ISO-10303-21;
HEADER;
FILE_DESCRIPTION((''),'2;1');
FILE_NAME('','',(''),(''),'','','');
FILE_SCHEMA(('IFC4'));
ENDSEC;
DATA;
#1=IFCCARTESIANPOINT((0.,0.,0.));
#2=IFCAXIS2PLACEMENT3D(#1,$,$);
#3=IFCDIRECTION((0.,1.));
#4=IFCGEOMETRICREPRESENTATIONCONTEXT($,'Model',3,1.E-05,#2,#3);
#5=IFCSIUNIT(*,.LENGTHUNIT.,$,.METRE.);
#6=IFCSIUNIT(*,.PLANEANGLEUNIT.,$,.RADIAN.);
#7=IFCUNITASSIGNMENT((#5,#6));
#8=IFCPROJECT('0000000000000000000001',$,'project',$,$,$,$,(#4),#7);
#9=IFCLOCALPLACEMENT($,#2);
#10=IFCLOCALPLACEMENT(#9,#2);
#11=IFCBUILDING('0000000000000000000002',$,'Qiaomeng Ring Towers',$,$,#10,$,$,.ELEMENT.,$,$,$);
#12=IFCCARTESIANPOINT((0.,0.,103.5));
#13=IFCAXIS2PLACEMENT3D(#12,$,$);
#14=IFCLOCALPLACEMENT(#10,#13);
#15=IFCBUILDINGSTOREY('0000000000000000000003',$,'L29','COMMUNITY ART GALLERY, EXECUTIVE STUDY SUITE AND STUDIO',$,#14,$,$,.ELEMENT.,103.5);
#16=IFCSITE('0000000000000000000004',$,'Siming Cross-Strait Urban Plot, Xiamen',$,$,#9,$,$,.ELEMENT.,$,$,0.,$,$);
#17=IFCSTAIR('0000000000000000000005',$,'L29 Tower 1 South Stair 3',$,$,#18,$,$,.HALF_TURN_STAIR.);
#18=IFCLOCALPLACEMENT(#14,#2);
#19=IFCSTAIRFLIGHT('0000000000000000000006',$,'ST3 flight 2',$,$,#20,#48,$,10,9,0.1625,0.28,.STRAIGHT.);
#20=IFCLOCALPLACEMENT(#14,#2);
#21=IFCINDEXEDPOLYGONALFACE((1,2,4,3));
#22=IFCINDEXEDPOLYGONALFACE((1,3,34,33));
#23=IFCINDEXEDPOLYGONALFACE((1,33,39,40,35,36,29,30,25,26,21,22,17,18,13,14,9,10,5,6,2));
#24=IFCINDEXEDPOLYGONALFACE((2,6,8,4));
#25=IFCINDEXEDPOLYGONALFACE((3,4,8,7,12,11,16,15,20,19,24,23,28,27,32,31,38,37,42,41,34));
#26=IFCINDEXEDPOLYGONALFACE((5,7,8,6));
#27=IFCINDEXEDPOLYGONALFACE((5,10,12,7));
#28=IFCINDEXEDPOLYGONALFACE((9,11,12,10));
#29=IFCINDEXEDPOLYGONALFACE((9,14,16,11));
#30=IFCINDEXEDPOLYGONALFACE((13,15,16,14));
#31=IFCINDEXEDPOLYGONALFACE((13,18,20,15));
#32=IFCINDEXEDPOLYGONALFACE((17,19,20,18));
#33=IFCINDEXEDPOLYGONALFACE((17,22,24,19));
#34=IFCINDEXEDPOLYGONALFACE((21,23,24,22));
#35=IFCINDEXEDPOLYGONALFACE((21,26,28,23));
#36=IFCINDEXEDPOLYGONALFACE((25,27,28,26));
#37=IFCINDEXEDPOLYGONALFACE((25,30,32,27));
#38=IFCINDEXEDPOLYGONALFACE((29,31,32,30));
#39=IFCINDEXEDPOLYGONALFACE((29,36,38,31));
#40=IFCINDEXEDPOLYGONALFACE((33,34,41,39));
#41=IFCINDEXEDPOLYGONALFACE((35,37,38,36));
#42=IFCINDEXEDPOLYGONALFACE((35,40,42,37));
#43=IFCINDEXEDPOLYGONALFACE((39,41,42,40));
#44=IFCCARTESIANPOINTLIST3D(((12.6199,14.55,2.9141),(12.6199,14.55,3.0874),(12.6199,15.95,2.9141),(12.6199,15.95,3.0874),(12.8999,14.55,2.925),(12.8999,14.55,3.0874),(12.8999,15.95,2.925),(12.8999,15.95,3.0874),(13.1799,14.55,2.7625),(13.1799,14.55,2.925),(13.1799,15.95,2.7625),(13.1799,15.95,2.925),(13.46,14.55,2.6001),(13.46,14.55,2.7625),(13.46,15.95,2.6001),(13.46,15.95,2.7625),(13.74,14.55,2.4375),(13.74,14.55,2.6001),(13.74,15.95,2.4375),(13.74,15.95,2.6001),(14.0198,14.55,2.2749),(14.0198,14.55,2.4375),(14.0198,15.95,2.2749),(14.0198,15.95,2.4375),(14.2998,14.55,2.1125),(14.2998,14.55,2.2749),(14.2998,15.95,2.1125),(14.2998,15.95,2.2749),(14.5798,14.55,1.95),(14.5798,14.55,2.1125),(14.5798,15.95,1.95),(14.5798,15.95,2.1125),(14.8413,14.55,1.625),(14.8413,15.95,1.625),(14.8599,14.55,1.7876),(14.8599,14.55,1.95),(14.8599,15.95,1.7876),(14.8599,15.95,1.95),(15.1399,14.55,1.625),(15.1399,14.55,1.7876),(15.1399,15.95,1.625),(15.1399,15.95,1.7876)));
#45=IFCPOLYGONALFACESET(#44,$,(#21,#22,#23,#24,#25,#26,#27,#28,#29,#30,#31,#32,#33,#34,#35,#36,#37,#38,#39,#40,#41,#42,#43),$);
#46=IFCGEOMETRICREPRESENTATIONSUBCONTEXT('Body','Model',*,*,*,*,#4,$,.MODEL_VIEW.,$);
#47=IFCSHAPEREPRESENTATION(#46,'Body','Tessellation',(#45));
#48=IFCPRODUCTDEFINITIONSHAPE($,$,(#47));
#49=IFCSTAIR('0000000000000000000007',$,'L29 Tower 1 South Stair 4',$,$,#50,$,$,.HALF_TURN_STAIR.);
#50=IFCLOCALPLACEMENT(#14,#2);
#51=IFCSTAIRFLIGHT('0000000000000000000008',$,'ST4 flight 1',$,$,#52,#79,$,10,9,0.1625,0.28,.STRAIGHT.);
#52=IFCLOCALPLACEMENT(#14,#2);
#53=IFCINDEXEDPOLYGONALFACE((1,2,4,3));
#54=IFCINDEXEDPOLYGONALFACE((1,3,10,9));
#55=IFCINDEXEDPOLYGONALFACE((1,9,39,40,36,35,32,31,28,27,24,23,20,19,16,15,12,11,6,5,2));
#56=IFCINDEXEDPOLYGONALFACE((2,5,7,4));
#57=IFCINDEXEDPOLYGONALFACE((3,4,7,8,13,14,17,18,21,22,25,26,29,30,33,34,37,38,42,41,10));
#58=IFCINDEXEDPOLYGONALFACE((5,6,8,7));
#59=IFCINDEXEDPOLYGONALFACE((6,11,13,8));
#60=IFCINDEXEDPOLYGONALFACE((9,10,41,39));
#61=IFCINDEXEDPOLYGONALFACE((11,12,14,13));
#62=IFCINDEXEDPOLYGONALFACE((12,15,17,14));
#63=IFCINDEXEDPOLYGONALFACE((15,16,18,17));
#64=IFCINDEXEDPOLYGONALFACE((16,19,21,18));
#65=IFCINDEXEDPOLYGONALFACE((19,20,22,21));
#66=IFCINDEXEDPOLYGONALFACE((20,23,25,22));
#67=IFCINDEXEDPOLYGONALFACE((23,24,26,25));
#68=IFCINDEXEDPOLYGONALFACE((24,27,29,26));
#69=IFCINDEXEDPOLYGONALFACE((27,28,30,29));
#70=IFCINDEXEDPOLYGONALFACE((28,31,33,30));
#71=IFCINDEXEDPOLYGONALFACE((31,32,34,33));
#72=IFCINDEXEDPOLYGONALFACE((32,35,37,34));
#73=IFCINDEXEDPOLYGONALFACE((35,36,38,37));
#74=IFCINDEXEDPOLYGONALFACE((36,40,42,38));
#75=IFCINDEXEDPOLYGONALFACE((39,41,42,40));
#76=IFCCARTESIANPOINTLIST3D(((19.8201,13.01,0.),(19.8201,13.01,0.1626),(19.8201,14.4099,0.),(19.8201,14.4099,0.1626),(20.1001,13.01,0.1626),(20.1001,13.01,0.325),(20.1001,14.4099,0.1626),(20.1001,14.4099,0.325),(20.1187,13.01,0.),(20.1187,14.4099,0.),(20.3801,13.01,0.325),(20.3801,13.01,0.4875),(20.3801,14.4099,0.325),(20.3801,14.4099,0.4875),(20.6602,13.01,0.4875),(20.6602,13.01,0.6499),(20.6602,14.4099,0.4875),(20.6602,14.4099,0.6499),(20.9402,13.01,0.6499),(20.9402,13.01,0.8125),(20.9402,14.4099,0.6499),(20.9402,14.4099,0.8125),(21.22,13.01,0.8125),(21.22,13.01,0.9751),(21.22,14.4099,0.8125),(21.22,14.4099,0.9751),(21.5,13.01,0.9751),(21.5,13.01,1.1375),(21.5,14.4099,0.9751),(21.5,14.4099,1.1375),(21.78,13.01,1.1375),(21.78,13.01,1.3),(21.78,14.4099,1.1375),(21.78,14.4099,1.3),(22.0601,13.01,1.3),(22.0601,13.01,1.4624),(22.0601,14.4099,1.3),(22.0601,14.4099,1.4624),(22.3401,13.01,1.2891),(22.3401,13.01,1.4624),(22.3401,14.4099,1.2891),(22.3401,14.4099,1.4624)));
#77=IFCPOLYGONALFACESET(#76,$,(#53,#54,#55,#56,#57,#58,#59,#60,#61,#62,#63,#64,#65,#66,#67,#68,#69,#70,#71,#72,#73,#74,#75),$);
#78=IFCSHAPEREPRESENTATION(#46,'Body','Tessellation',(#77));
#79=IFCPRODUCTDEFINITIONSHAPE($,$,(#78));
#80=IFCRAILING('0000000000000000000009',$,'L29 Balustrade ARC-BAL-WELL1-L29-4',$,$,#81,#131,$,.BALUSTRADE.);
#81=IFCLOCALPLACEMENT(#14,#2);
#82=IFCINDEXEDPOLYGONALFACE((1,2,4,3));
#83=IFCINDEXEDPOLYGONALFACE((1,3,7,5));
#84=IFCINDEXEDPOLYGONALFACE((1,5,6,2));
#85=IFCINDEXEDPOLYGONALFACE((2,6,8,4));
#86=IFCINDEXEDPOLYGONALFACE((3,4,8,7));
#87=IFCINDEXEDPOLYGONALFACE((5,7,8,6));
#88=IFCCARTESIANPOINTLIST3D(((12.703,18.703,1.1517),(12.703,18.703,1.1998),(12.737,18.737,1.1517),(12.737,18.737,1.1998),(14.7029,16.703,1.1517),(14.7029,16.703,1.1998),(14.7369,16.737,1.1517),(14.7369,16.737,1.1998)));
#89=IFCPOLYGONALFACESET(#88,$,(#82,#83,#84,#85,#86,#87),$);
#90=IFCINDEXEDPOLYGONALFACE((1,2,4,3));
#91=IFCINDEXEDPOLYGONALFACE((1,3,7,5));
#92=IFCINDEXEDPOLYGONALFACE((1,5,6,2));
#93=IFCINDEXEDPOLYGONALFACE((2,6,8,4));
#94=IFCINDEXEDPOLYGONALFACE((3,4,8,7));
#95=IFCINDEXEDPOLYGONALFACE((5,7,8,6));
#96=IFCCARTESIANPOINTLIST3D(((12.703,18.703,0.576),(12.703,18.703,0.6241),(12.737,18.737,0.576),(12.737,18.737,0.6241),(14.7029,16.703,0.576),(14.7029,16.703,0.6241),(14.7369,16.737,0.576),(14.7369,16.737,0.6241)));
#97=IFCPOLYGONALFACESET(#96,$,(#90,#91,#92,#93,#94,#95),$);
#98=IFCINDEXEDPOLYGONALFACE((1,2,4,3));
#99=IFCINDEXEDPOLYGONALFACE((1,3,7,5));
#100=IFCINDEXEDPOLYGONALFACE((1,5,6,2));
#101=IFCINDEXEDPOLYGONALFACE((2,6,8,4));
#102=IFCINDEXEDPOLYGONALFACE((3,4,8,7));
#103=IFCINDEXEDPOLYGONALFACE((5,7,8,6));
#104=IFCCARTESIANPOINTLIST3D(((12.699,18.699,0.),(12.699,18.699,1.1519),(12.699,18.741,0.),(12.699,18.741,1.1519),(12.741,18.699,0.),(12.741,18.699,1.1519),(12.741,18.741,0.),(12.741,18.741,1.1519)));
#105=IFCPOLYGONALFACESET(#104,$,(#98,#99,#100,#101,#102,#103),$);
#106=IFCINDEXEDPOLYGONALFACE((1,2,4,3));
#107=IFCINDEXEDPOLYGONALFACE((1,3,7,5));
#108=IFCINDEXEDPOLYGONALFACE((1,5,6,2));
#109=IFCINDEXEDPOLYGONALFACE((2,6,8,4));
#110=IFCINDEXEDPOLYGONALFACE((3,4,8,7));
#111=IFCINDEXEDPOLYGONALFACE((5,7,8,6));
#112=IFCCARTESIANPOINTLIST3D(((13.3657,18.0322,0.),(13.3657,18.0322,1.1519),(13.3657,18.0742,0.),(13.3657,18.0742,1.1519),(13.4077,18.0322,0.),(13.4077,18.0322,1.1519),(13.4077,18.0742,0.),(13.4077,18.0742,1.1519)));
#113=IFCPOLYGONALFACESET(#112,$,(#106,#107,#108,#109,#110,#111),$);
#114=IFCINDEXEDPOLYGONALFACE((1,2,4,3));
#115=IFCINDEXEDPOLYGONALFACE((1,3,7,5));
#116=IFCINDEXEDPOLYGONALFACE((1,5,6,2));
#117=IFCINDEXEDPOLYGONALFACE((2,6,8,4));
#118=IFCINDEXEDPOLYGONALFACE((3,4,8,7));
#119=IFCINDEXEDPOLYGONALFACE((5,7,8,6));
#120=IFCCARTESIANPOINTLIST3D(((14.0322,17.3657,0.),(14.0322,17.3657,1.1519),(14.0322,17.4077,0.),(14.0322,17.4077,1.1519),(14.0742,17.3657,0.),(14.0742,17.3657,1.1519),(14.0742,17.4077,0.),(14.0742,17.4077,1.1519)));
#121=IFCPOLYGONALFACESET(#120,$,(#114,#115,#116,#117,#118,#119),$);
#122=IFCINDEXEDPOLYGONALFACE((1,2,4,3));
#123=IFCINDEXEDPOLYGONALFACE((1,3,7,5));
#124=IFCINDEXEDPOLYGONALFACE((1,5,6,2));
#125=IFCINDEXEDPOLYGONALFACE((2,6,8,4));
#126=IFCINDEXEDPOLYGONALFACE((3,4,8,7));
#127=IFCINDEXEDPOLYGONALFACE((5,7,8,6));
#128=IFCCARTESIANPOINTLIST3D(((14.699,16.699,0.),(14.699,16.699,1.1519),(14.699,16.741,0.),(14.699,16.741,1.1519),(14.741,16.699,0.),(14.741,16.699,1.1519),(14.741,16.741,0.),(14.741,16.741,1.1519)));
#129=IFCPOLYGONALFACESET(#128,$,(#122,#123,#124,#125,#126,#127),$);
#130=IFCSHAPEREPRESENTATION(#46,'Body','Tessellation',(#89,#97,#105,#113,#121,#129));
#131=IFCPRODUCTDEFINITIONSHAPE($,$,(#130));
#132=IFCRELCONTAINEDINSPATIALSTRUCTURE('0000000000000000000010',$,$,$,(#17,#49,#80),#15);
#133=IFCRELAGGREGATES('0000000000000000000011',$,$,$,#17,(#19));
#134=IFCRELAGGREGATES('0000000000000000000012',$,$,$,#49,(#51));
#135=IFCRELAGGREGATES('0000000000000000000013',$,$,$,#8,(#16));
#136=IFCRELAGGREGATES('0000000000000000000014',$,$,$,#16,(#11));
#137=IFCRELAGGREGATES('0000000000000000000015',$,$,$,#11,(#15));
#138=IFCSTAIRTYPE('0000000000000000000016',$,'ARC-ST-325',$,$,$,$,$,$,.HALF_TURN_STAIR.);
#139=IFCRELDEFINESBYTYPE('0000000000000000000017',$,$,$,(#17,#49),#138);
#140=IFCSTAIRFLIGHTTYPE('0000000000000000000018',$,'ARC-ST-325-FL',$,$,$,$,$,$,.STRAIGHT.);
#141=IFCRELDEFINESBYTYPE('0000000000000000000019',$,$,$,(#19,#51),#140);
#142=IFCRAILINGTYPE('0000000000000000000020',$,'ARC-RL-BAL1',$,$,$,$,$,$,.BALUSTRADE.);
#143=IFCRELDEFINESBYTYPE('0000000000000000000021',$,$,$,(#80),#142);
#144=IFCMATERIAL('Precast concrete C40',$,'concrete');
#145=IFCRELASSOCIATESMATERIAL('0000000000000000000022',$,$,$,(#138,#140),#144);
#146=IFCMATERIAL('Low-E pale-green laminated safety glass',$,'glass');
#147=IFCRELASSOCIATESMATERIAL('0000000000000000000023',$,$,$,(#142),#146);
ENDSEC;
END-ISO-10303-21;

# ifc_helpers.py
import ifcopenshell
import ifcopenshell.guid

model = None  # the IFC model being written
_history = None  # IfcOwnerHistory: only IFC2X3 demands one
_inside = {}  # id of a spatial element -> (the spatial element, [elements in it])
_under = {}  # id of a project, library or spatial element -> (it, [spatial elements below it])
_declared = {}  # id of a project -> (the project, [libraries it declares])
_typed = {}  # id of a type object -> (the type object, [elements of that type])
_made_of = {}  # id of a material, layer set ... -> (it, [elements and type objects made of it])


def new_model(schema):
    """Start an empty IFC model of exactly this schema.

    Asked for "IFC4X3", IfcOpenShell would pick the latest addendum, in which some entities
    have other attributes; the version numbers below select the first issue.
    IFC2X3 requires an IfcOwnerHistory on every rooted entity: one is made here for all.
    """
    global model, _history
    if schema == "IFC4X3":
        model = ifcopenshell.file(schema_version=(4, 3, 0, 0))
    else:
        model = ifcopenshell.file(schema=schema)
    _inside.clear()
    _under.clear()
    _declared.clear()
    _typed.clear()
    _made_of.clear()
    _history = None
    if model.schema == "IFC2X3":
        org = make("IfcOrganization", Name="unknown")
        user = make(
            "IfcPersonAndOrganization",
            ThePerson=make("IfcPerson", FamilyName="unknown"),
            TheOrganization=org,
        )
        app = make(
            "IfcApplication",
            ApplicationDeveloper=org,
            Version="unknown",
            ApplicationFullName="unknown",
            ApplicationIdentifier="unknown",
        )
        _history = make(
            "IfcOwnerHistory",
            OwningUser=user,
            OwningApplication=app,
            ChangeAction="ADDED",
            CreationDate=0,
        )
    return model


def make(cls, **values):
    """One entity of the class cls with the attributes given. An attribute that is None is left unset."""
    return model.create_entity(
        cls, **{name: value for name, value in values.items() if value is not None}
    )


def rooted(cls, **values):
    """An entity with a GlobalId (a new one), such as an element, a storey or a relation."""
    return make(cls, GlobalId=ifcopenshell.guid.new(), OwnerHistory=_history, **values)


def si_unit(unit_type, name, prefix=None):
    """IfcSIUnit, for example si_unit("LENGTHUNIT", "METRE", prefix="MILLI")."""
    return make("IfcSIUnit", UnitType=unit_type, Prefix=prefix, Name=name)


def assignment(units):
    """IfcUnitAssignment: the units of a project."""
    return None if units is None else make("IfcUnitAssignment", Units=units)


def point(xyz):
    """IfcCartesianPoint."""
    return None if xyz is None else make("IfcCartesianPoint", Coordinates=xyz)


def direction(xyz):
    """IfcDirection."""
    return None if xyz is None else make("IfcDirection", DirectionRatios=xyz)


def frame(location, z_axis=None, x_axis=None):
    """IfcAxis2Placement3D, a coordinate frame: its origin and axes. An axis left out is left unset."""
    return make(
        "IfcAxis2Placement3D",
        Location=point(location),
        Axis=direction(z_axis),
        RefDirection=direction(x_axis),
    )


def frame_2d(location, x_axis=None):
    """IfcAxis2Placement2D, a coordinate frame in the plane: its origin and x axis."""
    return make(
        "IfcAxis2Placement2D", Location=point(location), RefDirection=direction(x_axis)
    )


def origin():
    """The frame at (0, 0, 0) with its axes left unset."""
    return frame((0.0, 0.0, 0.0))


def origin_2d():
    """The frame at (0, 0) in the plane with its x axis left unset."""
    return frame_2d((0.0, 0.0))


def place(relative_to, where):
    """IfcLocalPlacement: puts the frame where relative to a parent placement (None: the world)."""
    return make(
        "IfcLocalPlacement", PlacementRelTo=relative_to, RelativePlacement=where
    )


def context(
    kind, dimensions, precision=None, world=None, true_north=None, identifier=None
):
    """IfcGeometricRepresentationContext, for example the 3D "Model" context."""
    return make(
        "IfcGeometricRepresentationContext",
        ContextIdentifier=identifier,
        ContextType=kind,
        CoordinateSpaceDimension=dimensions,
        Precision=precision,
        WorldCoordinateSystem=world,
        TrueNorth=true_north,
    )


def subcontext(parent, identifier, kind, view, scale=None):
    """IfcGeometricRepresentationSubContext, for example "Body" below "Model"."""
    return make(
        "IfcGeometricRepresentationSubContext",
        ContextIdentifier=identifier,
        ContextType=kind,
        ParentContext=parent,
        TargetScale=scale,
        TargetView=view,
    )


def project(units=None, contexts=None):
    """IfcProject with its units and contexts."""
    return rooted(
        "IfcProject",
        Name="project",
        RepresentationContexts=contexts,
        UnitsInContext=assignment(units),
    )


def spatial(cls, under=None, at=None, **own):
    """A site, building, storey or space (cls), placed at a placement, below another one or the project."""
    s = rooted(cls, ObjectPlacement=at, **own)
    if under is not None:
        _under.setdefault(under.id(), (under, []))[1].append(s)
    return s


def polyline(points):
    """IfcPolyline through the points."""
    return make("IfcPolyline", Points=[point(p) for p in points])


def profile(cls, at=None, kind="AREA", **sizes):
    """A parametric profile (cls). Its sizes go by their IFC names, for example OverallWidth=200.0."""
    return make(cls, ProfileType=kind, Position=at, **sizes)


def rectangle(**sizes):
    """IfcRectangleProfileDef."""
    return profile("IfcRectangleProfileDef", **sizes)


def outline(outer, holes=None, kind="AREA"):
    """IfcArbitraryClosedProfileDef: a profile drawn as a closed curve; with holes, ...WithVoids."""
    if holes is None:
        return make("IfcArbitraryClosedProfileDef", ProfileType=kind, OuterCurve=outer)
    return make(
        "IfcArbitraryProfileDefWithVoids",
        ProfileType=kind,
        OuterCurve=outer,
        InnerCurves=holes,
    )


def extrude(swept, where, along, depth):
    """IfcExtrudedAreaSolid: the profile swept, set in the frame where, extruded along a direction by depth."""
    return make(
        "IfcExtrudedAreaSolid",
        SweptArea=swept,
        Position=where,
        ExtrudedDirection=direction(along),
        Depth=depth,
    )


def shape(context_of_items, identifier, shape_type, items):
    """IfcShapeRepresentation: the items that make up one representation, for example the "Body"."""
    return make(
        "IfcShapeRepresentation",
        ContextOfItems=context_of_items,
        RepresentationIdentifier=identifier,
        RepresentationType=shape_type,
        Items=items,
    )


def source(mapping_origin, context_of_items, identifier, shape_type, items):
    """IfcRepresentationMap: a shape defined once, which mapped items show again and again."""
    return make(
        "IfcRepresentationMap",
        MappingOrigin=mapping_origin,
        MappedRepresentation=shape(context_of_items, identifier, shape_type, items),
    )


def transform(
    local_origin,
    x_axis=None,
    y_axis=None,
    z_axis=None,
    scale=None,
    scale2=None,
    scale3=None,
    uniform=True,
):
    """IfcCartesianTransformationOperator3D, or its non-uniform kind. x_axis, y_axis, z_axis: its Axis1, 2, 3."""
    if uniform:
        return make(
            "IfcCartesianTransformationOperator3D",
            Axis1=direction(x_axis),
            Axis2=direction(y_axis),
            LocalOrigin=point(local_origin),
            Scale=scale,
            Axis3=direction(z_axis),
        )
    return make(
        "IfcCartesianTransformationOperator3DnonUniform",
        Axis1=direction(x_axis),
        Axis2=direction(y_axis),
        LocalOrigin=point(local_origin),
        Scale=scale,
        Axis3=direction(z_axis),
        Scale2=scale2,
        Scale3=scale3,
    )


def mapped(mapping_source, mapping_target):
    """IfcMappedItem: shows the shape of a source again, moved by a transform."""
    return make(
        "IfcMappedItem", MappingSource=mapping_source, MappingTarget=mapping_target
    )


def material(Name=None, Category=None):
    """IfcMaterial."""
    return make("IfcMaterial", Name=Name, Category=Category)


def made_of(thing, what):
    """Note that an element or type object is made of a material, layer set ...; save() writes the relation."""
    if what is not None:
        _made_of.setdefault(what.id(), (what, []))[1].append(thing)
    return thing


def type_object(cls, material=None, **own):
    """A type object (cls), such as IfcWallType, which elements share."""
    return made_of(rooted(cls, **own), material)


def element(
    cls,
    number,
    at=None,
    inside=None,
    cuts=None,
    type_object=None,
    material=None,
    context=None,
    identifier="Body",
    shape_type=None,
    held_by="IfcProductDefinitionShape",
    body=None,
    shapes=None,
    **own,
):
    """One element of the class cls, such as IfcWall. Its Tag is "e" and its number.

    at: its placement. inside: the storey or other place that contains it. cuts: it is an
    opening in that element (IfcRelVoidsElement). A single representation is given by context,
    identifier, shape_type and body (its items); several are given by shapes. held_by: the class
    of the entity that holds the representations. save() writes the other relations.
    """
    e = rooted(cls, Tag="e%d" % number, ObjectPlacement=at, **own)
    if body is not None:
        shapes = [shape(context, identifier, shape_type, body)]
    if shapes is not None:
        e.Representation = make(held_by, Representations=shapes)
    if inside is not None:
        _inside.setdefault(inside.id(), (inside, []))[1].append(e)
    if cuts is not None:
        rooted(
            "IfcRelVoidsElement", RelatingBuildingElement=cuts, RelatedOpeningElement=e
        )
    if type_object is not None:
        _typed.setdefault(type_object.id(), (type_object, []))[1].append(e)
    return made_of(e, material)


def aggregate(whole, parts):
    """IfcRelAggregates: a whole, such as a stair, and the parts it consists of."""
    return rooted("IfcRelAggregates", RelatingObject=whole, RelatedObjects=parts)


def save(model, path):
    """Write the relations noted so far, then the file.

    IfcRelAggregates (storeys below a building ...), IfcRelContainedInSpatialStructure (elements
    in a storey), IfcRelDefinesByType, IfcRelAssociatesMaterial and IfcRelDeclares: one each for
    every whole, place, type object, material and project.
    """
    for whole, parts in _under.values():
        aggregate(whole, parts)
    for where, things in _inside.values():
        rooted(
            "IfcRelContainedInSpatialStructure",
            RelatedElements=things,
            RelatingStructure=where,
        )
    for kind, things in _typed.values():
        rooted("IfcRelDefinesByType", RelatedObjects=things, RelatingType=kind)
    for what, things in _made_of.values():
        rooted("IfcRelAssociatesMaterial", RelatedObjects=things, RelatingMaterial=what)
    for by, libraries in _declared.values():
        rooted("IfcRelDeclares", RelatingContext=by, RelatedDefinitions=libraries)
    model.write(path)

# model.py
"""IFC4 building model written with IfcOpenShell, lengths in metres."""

from ifc_helpers import new_model, si_unit, direction, frame, origin, origin_2d, place, context, subcontext, project, spatial, polyline, rectangle, outline, extrude, source, transform, mapped, material, type_object, element, aggregate, save


model = new_model("IFC4")

# Units and contexts
model_context = context("Model", 3, precision=1e-05, world=origin(), true_north=direction((0.0, 1.0)))
body_context = subcontext(model_context, "Body", "Model", "MODEL_VIEW")
ifc_project = project(units=[si_unit("LENGTHUNIT", "METRE"), si_unit("PLANEANGLEUNIT", "RADIAN")], contexts=[model_context])

# Site, building, storey
site_placement = place(None, origin())
site = spatial("IfcSite", under=ifc_project, at=site_placement, Name="Siming Cross-Strait Urban Plot, Xiamen", CompositionType="ELEMENT", RefElevation=0.0)
building_placement = place(site_placement, origin())
building = spatial("IfcBuilding", under=site, at=building_placement, Name="Qiaomeng Ring Towers", CompositionType="ELEMENT")
storey_placement = place(building_placement, frame((0.0, 0.0, 103.5)))
storey = spatial("IfcBuildingStorey", under=building, at=storey_placement, Name="L29", Description="COMMUNITY ART GALLERY, EXECUTIVE STUDY SUITE AND STUDIO", CompositionType="ELEMENT", Elevation=103.5)

# Stairs, stair flights
ifc_material_1 = material(Name="Precast concrete C40", Category="concrete")
stair_type = type_object("IfcStairType", Name="ARC-ST-325", PredefinedType="HALF_TURN_STAIR", material=ifc_material_1)
stair_1_placement = place(storey_placement, origin())
stair_1 = element("IfcStair", 1, at=stair_1_placement, inside=storey, type_object=stair_type, Name="L29 Tower 1 South Stair 3", PredefinedType="HALF_TURN_STAIR")
stair_flight_type = type_object("IfcStairFlightType", Name="ARC-ST-325-FL", PredefinedType="STRAIGHT", material=ifc_material_1)
shared_shape_1 = source(origin(), body_context, "Body", "SweptSolid", [
    extrude(outline(polyline([(0.0, 0.0), (0.0, 0.1626), (0.28, 0.1626), (0.28, 0.325), (0.5601, 0.325), (0.5601, 0.4875), (0.8401, 0.4875), (0.8401, 0.6499), (1.1201, 0.6499), (1.1201, 0.8125), (1.3999, 0.8125), (1.3999, 0.9751), (1.6799, 0.9751), (1.6799, 1.1375), (1.96, 1.1375), (1.96, 1.3), (2.24, 1.3), (2.24, 1.4624), (2.52, 1.4624), (2.52, 1.625), (2.52, 1.2891), (0.2986, 0.0), (0.0, 0.0)])), frame((0.0, 0.7, 0.0), z_axis=(0.0, -1.0, 0.0), x_axis=(1.0, 0.0, 0.0)), (0.0, 0.0, 1.0), 1.3999),
])
stair_flight_1_placement = place(storey_placement, frame((15.1399, 15.25, 1.625), z_axis=(0.0, 0.0, 1.0), x_axis=(-1.0, 0.0, 0.0)))
stair_flight_1 = element("IfcStairFlight", 2, at=stair_flight_1_placement, type_object=stair_flight_type, Name="ST3 flight 2", NumberOfRisers=10, NumberOfTreads=9, PredefinedType="STRAIGHT", RiserHeight=0.1625, TreadLength=0.28, context=body_context, shape_type="MappedRepresentation", body=[
    mapped(shared_shape_1, transform((0.0, 0.0, 0.0), x_axis=(1.0, 0.0, 0.0), y_axis=(0.0, 1.0, 0.0), z_axis=(0.0, 0.0, 1.0), scale=1.0)),
])
aggregate(stair_1, [stair_flight_1])
stair_2_placement = place(storey_placement, origin())
stair_2 = element("IfcStair", 3, at=stair_2_placement, inside=storey, type_object=stair_type, Name="L29 Tower 1 South Stair 4", PredefinedType="HALF_TURN_STAIR")
stair_flight_2_placement = place(storey_placement, frame((19.8201, 13.71, 0.0), z_axis=(0.0, 0.0, 1.0), x_axis=(1.0, 0.0, 0.0)))
stair_flight_2 = element("IfcStairFlight", 4, at=stair_flight_2_placement, type_object=stair_flight_type, Name="ST4 flight 1", NumberOfRisers=10, NumberOfTreads=9, PredefinedType="STRAIGHT", RiserHeight=0.1625, TreadLength=0.28, context=body_context, shape_type="MappedRepresentation", body=[
    mapped(shared_shape_1, transform((0.0, 0.0, 0.0), x_axis=(1.0, 0.0, 0.0), y_axis=(0.0, 1.0, 0.0), z_axis=(0.0, 0.0, 1.0), scale=1.0)),
])
aggregate(stair_2, [stair_flight_2])

# Railing
ifc_material_2 = material(Name="Low-E pale-green laminated safety glass", Category="glass")
railing_type_1 = type_object("IfcRailingType", Name="ARC-RL-BAL1", PredefinedType="BALUSTRADE", material=ifc_material_2)
railing_1_placement = place(storey_placement, frame((12.72, 18.72, 0.0)))
element("IfcRailing", 5, at=railing_1_placement, inside=storey, type_object=railing_type_1, Name="L29 Balustrade ARC-BAL-WELL1-L29-4", PredefinedType="BALUSTRADE", context=body_context, shape_type="SweptSolid", body=[
    extrude(rectangle(XDim=0.0481, YDim=0.0481, at=origin_2d()), frame((0.0, 0.0, 1.1758), z_axis=(0.707107, -0.707107, 0.0), x_axis=(0.707107, 0.707107, 0.0)), (0.0, 0.0, 1.0), 2.8284),
    extrude(rectangle(XDim=0.0481, YDim=0.0481, at=origin_2d()), frame((0.0, 0.0, 0.6001), z_axis=(0.707107, -0.707107, 0.0), x_axis=(0.707107, 0.707107, 0.0)), (0.0, 0.0, 1.0), 2.8284),
    extrude(rectangle(XDim=0.042, YDim=0.042, at=origin_2d()), origin(), (0.0, 0.0, 1.0), 1.1519),
    extrude(rectangle(XDim=0.042, YDim=0.042, at=origin_2d()), frame((0.6667, -0.6667, 0.0)), (0.0, 0.0, 1.0), 1.1519),
    extrude(rectangle(XDim=0.042, YDim=0.042, at=origin_2d()), frame((1.3333, -1.3333, 0.0)), (0.0, 0.0, 1.0), 1.1519),
    extrude(rectangle(XDim=0.042, YDim=0.042, at=origin_2d()), frame((2.0, -2.0, 0.0)), (0.0, 0.0, 1.0), 1.1519),
])

save(model, "model.ifc")
